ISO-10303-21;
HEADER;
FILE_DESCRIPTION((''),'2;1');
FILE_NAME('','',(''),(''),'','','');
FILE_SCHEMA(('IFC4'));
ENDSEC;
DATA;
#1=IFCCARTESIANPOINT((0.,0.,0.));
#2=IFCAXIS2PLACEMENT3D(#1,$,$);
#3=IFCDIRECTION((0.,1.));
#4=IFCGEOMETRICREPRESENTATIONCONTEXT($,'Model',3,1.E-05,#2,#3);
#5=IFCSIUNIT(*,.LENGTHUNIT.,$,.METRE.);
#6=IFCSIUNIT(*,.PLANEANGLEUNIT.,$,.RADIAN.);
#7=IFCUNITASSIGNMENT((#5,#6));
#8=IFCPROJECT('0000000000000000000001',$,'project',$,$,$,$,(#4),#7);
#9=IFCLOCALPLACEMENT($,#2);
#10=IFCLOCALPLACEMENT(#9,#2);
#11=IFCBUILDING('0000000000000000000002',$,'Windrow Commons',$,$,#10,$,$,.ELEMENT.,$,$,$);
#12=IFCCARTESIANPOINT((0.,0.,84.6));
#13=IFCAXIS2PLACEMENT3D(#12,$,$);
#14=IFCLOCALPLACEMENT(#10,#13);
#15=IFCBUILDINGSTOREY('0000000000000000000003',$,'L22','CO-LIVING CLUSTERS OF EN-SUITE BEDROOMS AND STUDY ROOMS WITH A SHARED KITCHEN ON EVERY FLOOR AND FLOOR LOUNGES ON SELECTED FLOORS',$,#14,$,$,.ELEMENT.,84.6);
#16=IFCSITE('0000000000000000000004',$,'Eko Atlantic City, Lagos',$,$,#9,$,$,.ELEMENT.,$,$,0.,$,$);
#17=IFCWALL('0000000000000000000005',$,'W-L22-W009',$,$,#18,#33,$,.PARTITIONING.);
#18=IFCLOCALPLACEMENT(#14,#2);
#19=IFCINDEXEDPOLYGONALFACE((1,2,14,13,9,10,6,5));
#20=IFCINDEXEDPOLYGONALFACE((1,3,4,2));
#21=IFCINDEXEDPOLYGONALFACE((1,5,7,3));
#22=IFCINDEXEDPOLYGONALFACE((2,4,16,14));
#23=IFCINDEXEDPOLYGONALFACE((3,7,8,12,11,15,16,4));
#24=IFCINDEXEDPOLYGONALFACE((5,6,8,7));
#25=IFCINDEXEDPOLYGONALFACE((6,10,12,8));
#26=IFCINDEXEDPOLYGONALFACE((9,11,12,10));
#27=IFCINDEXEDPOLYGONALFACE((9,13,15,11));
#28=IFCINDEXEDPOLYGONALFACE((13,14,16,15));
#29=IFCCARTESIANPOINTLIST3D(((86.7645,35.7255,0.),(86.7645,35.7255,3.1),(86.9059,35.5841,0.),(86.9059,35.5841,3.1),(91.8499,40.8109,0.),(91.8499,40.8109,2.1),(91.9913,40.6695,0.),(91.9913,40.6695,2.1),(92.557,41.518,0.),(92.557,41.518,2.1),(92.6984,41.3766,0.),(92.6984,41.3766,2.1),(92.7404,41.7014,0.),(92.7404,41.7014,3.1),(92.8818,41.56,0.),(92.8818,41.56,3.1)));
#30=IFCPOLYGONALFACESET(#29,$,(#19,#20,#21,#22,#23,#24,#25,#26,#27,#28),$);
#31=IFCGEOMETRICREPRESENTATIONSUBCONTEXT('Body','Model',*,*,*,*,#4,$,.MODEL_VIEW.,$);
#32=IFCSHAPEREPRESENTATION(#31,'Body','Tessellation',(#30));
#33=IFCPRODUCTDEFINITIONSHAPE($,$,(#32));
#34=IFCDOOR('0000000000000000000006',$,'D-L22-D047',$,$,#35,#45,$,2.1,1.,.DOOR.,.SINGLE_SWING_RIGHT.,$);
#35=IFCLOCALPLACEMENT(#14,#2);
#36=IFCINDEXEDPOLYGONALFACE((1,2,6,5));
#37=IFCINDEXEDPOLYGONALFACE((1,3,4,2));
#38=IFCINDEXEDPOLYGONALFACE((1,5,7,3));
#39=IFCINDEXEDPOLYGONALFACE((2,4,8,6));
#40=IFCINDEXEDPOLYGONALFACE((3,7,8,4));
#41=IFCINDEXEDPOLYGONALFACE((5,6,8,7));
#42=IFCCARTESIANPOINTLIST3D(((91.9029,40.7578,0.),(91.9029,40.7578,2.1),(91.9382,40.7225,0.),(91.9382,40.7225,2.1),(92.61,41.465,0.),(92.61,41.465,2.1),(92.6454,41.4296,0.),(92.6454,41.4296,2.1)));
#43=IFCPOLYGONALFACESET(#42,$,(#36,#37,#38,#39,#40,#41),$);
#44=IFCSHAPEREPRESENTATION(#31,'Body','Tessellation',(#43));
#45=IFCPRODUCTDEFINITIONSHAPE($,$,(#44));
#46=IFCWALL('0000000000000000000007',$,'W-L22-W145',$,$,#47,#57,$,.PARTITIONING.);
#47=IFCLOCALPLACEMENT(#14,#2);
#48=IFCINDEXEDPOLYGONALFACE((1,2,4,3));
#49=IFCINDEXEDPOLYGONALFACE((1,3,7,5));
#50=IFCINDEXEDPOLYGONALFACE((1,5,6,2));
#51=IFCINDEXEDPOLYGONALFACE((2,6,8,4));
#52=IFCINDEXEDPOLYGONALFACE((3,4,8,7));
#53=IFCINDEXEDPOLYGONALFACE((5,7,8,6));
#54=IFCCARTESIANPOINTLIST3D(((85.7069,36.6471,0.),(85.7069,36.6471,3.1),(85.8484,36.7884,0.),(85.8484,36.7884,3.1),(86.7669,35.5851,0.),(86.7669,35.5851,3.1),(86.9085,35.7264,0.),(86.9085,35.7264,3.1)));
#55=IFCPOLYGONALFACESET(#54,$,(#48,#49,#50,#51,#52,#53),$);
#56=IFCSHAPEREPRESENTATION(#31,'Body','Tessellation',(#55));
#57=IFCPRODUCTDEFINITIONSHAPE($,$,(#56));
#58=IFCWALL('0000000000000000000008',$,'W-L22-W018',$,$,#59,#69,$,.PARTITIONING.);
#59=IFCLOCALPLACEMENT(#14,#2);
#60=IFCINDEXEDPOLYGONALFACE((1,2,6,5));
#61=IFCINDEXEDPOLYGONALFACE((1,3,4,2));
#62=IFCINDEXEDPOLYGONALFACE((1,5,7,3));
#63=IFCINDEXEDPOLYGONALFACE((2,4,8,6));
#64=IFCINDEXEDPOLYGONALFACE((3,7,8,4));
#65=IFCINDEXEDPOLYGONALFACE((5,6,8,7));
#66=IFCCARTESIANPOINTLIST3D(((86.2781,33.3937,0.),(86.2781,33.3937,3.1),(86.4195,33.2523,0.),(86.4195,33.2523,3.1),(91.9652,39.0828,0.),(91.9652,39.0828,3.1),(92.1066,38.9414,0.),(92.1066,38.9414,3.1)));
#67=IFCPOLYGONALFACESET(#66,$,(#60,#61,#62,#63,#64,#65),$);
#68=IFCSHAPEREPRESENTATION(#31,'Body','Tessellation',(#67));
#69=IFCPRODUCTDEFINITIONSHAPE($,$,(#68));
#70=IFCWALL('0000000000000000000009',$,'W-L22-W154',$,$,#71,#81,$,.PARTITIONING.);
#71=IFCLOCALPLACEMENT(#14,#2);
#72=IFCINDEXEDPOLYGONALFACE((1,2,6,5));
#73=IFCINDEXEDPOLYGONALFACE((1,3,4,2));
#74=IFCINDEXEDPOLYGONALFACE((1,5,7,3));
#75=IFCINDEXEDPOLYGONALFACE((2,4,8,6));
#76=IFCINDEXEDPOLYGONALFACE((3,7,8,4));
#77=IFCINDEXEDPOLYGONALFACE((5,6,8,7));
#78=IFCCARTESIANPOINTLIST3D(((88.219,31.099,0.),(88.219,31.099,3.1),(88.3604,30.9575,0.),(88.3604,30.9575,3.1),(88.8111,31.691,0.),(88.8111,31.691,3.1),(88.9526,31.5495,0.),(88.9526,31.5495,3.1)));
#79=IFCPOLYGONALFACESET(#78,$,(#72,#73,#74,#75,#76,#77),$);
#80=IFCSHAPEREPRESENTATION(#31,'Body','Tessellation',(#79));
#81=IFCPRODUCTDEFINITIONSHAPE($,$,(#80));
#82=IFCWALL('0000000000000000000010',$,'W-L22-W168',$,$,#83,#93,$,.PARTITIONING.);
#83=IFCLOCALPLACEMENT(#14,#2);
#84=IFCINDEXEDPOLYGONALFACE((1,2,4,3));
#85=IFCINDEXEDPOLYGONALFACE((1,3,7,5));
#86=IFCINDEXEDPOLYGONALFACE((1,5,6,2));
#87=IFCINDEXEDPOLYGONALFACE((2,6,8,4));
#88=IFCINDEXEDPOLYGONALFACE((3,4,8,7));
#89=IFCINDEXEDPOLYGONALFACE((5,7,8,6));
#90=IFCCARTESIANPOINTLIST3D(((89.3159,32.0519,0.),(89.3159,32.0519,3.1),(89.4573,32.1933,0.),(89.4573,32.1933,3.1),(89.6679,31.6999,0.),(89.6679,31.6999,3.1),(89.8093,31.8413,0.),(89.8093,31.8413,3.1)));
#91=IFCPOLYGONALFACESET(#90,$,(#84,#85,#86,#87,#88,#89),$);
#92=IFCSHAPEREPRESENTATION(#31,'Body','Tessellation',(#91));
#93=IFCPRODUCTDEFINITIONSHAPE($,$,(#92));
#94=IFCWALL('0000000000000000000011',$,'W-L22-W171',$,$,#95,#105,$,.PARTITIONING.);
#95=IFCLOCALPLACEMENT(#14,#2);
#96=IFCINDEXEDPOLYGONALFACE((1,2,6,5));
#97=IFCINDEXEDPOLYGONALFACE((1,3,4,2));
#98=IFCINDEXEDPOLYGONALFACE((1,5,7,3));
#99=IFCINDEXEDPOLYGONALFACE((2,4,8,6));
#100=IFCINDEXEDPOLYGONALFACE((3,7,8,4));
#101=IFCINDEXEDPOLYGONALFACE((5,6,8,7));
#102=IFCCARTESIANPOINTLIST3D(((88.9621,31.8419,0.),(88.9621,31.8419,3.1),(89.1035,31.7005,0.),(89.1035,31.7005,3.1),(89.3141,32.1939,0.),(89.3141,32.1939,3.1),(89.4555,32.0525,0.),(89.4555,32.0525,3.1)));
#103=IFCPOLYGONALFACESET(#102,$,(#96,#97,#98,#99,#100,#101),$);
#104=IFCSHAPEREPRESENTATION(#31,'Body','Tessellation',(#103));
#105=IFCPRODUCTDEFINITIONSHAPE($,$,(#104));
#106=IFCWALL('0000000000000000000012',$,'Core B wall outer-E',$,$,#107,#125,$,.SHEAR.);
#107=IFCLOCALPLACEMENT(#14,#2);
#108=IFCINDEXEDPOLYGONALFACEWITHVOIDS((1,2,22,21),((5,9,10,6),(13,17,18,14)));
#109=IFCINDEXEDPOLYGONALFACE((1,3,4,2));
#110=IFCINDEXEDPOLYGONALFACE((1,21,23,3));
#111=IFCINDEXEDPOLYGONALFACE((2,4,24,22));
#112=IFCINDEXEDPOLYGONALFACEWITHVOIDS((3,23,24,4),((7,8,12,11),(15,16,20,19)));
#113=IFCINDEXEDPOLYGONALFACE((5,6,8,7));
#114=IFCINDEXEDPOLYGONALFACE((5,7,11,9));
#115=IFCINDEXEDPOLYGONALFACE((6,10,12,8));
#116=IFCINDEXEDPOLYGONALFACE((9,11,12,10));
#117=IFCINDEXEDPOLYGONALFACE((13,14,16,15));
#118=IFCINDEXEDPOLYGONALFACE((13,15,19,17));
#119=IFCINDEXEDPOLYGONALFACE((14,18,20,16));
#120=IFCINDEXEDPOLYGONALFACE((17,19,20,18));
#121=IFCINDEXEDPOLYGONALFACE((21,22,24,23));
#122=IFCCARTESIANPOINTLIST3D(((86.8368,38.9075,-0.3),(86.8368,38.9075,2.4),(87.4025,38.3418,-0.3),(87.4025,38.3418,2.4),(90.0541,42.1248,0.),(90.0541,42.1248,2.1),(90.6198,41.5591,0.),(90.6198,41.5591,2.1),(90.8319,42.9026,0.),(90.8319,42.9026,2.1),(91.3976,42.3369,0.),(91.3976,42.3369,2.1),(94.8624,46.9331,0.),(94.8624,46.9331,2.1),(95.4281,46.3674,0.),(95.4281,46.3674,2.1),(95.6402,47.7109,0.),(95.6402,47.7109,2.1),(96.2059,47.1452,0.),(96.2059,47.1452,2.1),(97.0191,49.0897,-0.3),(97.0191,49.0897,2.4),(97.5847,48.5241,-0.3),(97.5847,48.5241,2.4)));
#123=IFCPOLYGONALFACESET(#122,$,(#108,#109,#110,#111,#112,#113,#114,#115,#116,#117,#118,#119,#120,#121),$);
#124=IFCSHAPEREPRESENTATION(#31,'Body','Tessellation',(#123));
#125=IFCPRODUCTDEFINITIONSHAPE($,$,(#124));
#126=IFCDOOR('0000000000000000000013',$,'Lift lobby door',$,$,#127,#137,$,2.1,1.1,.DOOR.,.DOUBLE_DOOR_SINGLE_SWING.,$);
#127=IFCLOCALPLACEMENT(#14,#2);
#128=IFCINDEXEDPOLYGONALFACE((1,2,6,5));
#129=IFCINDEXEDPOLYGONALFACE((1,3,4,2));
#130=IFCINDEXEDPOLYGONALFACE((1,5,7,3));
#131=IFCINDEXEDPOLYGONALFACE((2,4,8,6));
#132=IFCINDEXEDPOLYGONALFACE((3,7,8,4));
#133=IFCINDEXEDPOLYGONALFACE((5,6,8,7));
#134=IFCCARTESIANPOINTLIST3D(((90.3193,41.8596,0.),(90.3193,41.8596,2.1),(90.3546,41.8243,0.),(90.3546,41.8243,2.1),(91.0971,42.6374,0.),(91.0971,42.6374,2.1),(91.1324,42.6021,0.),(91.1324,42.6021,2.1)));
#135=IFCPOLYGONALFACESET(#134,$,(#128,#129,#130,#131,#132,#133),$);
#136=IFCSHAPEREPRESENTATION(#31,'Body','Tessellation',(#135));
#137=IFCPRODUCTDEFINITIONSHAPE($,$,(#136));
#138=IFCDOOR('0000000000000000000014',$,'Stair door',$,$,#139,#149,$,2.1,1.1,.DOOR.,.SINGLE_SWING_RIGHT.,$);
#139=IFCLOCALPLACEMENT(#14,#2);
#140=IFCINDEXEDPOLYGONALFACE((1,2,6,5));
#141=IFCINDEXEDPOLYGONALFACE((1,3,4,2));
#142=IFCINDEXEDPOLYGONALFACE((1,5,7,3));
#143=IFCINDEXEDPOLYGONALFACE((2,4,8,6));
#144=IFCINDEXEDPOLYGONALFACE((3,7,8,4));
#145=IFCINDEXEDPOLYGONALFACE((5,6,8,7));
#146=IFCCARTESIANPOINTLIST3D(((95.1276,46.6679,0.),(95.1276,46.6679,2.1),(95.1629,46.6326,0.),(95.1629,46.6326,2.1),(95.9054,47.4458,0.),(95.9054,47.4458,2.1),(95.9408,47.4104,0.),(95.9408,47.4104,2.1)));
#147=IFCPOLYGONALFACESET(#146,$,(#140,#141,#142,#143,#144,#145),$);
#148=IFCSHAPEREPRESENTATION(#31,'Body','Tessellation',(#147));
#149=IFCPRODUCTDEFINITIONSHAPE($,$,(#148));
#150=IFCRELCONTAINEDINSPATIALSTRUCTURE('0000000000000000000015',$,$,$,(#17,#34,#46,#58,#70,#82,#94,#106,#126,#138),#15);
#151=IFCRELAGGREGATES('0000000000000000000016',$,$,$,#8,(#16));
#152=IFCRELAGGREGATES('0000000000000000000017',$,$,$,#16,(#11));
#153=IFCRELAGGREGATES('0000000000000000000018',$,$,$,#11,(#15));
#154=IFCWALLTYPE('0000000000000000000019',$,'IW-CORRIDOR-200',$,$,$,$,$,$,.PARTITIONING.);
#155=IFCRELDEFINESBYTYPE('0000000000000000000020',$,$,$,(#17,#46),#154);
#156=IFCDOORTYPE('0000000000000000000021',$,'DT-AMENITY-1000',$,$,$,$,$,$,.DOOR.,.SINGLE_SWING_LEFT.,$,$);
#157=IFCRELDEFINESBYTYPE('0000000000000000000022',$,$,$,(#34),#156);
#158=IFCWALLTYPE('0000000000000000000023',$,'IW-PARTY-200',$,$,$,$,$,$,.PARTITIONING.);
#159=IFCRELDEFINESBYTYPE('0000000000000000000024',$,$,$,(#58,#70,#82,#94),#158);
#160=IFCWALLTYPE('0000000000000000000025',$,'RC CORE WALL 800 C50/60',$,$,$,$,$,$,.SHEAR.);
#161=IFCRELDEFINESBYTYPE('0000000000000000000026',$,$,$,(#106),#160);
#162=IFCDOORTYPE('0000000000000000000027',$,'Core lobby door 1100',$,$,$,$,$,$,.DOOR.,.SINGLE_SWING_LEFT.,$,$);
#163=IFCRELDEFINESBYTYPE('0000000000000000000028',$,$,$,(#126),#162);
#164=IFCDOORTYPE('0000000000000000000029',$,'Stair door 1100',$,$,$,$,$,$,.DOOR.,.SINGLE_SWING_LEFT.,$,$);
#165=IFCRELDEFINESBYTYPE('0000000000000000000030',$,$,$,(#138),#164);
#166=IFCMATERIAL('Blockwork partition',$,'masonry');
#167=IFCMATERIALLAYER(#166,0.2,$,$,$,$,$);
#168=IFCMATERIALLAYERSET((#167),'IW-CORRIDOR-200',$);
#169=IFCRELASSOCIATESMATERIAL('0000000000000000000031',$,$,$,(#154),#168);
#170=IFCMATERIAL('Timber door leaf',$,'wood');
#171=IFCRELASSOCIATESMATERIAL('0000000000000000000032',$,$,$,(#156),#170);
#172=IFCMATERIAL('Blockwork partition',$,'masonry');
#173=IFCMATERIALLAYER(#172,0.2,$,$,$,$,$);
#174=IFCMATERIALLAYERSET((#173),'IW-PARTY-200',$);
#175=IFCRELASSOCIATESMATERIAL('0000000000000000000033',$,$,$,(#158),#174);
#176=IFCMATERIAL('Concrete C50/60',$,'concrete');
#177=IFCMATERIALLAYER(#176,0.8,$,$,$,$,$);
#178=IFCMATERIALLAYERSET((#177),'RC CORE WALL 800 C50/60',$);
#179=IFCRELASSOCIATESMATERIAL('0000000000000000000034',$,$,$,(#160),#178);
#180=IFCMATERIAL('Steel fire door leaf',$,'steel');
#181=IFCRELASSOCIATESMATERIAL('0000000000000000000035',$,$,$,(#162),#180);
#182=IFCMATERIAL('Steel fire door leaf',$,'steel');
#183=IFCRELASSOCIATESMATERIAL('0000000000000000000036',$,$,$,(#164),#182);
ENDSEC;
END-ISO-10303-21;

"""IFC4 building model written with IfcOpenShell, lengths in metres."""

from ifc_helpers import new_model, si_unit, direction, frame, frame_2d, origin, place, context, subcontext, project, spatial, rectangle, extrude, material, layer, layer_set, type_object, element, fill, save


model = new_model("IFC4")

# Units and contexts
model_context = context("Model", 3, precision=1e-05, world=origin(), true_north=direction((0.0, 1.0)))
body_context = subcontext(model_context, "Body", "Model", "MODEL_VIEW")
ifc_project = project(units=[si_unit("LENGTHUNIT", "METRE"), si_unit("PLANEANGLEUNIT", "RADIAN")], contexts=[model_context])

# Site, building, storey
site_placement = place(None, origin())
site = spatial("IfcSite", under=ifc_project, at=site_placement, Name="Eko Atlantic City, Lagos", CompositionType="ELEMENT", RefElevation=0.0)
building_placement = place(site_placement, origin())
building = spatial("IfcBuilding", under=site, at=building_placement, Name="Windrow Commons", CompositionType="ELEMENT")
storey_placement = place(building_placement, frame((0.0, 0.0, 84.6)))
storey = spatial("IfcBuildingStorey", under=building, at=storey_placement, Name="L22", Description="CO-LIVING CLUSTERS OF EN-SUITE BEDROOMS AND STUDY ROOMS WITH A SHARED KITCHEN ON EVERY FLOOR AND FLOOR LOUNGES ON SELECTED FLOORS", CompositionType="ELEMENT", Elevation=84.6)

# Wall, opening, door
ifc_material_1 = material(Name="Blockwork partition", Category="masonry")
ifc_layer_1 = layer(ifc_material_1, 0.2)
ifc_layer_set_1 = layer_set([ifc_layer_1], Name="IW-CORRIDOR-200")
wall_type_1 = type_object("IfcWallType", Name="IW-CORRIDOR-200", PredefinedType="PARTITIONING", material=ifc_layer_set_1)
wall_1_placement = place(storey_placement, frame((86.8352, 35.6548, 0.0), z_axis=(0.0, 0.0, 1.0), x_axis=(0.707107, 0.707107, 0.0)))
wall_1 = element("IfcWall", 1, at=wall_1_placement, inside=storey, type_object=wall_type_1, Name="W-L22-W009", PredefinedType="PARTITIONING", context=body_context, shape_type="SweptSolid", body=[
    extrude(rectangle(XDim=8.4513, YDim=0.2, at=frame_2d((4.2256, 0.0))), origin(), (0.0, 0.0, 1.0), 3.1),
])
opening_1_placement = place(wall_1_placement, frame((7.1918, 0.0, 0.0)))
opening_1 = element("IfcOpeningElement", 2, at=opening_1_placement, cuts=wall_1, PredefinedType="OPENING", context=body_context, shape_type="SweptSolid", body=[
    extrude(rectangle(XDim=1.0, YDim=2.1, at=frame_2d((0.5, 1.05))), frame((0.0, 0.11, 0.0), z_axis=(0.0, -1.0, 0.0), x_axis=(1.0, 0.0, 0.0)), (0.0, 0.0, 1.0), 0.22),
])
ifc_material_2 = material(Name="Timber door leaf", Category="wood")
door_type_1 = type_object("IfcDoorType", Name="DT-AMENITY-1000", OperationType="SINGLE_SWING_LEFT", PredefinedType="DOOR", material=ifc_material_2)
door_1_placement = place(opening_1_placement, origin())
door_1 = element("IfcDoor", 3, at=door_1_placement, inside=storey, type_object=door_type_1, Name="D-L22-D047", OperationType="SINGLE_SWING_RIGHT", OverallHeight=2.1, OverallWidth=1.0, PredefinedType="DOOR", context=body_context, shape_type="SweptSolid", body=[
    extrude(rectangle(XDim=1.0, YDim=2.1, at=frame_2d((0.5, 1.05))), frame((0.0, 0.025, 0.0), z_axis=(0.0, -1.0, 0.0), x_axis=(1.0, 0.0, 0.0)), (0.0, 0.0, 1.0), 0.05),
])
fill(opening_1, door_1)

# Walls
wall_2_placement = place(storey_placement, frame((85.7777, 36.7177, 0.0), z_axis=(0.0, 0.0, 1.0), x_axis=(0.70644, -0.707773, 0.0)))
element("IfcWall", 4, at=wall_2_placement, inside=storey, type_object=wall_type_1, Name="W-L22-W145", PredefinedType="PARTITIONING", context=body_context, shape_type="SweptSolid", body=[
    extrude(rectangle(XDim=1.5005, YDim=0.2, at=frame_2d((0.7502, 0.0))), origin(), (0.0, 0.0, 1.0), 3.1),
])
ifc_material_3 = material(Name="Blockwork partition", Category="masonry")
ifc_layer_2 = layer(ifc_material_3, 0.2)
ifc_layer_set_2 = layer_set([ifc_layer_2], Name="IW-PARTY-200")
wall_type_2 = type_object("IfcWallType", Name="IW-PARTY-200", PredefinedType="PARTITIONING", material=ifc_layer_set_2)
wall_3_placement = place(storey_placement, frame((86.3488, 33.323, 0.0), z_axis=(0.0, 0.0, 1.0), x_axis=(0.706982, 0.707231, 0.0)))
element("IfcWall", 5, at=wall_3_placement, inside=storey, type_object=wall_type_2, Name="W-L22-W018", PredefinedType="PARTITIONING", context=body_context, shape_type="SweptSolid", body=[
    extrude(rectangle(XDim=8.0442, YDim=0.2, at=frame_2d((4.0221, 0.0))), origin(), (0.0, 0.0, 1.0), 3.1),
])
wall_4_placement = place(storey_placement, frame((88.2897, 31.0282, 0.0), z_axis=(0.0, 0.0, 1.0), x_axis=(0.707166, 0.707047, 0.0)))
element("IfcWall", 6, at=wall_4_placement, inside=storey, type_object=wall_type_2, Name="W-L22-W154", PredefinedType="PARTITIONING", context=body_context, shape_type="SweptSolid", body=[
    extrude(rectangle(XDim=0.8373, YDim=0.2, at=frame_2d((0.4187, 0.0))), origin(), (0.0, 0.0, 1.0), 3.1),
])
for number, where, z_axis, x_axis, name in (
    (7, (89.3866, 32.1226, 0.0), (0.0, 0.0, 1.0), (0.707107, -0.707107, 0.0), "W-L22-W168"),
    (8, (89.0328, 31.7712, 0.0), (0.0, 0.0, 1.0), (0.707107, 0.707107, 0.0), "W-L22-W171"),
):
    element("IfcWall", number, at=place(storey_placement, frame(where, z_axis=z_axis, x_axis=x_axis)), inside=storey, type_object=wall_type_2, Name=name, PredefinedType="PARTITIONING", context=body_context, shape_type="SweptSolid", body=[
        extrude(rectangle(XDim=0.4978, YDim=0.2, at=frame_2d((0.2489, 0.0))), origin(), (0.0, 0.0, 1.0), 3.1),
    ])

# Wall, openings, doors
ifc_material_4 = material(Name="Concrete C50/60", Category="concrete")
ifc_layer_3 = layer(ifc_material_4, 0.8)
ifc_layer_set_3 = layer_set([ifc_layer_3], Name="RC CORE WALL 800 C50/60")
wall_type_3 = type_object("IfcWallType", Name="RC CORE WALL 800 C50/60", PredefinedType="SHEAR", material=ifc_layer_set_3)
wall_5_placement = place(storey_placement, frame((87.1196, 38.6246, -0.3), z_axis=(0.0, 0.0, 1.0), x_axis=(0.707107, 0.707107, 0.0)))
wall_5 = element("IfcWall", 9, at=wall_5_placement, inside=storey, type_object=wall_type_3, Name="Core B wall outer-E", PredefinedType="SHEAR", context=body_context, shape_type="SweptSolid", body=[
    extrude(rectangle(XDim=14.3999, YDim=0.8, at=frame_2d((7.2, 0.0))), origin(), (0.0, 0.0, 1.0), 2.7),
])
opening_2_placement = place(wall_5_placement, frame((4.55, 0.0, 0.3)))
opening_2 = element("IfcOpeningElement", 10, at=opening_2_placement, cuts=wall_5, PredefinedType="OPENING", context=body_context, shape_type="SweptSolid", body=[
    extrude(rectangle(XDim=1.1, YDim=2.1, at=frame_2d((0.55, 1.05))), frame((0.0, 0.41, 0.0), z_axis=(0.0, -1.0, 0.0), x_axis=(1.0, 0.0, 0.0)), (0.0, 0.0, 1.0), 0.82),
])
opening_3_placement = place(wall_5_placement, frame((11.35, 0.0, 0.3)))
opening_3 = element("IfcOpeningElement", 11, at=opening_3_placement, cuts=wall_5, PredefinedType="OPENING", context=body_context, shape_type="SweptSolid", body=[
    extrude(rectangle(XDim=1.1, YDim=2.1, at=frame_2d((0.55, 1.05))), frame((0.0, 0.41, 0.0), z_axis=(0.0, -1.0, 0.0), x_axis=(1.0, 0.0, 0.0)), (0.0, 0.0, 1.0), 0.82),
])
ifc_material_5 = material(Name="Steel fire door leaf", Category="steel")
door_type_2 = type_object("IfcDoorType", Name="Core lobby door 1100", OperationType="SINGLE_SWING_LEFT", PredefinedType="DOOR", material=ifc_material_5)
door_2_placement = place(opening_2_placement, origin())
door_2 = element("IfcDoor", 12, at=door_2_placement, inside=storey, type_object=door_type_2, Name="Lift lobby door", OperationType="DOUBLE_DOOR_SINGLE_SWING", OverallHeight=2.1, OverallWidth=1.1, PredefinedType="DOOR", context=body_context, shape_type="SweptSolid", body=[
    extrude(rectangle(XDim=1.1, YDim=2.1, at=frame_2d((0.55, 1.05))), frame((0.0, 0.025, 0.0), z_axis=(0.0, -1.0, 0.0), x_axis=(1.0, 0.0, 0.0)), (0.0, 0.0, 1.0), 0.05),
])
fill(opening_2, door_2)
ifc_material_6 = material(Name="Steel fire door leaf", Category="steel")
door_type_3 = type_object("IfcDoorType", Name="Stair door 1100", OperationType="SINGLE_SWING_LEFT", PredefinedType="DOOR", material=ifc_material_6)
door_3_placement = place(opening_3_placement, origin())
door_3 = element("IfcDoor", 13, at=door_3_placement, inside=storey, type_object=door_type_3, Name="Stair door", OperationType="SINGLE_SWING_RIGHT", OverallHeight=2.1, OverallWidth=1.1, PredefinedType="DOOR", context=body_context, shape_type="SweptSolid", body=[
    extrude(rectangle(XDim=1.1, YDim=2.1, at=frame_2d((0.55, 1.05))), frame((0.0, 0.025, 0.0), z_axis=(0.0, -1.0, 0.0), x_axis=(1.0, 0.0, 0.0)), (0.0, 0.0, 1.0), 0.05),
])
fill(opening_3, door_3)

save(model, "model.ifc")
